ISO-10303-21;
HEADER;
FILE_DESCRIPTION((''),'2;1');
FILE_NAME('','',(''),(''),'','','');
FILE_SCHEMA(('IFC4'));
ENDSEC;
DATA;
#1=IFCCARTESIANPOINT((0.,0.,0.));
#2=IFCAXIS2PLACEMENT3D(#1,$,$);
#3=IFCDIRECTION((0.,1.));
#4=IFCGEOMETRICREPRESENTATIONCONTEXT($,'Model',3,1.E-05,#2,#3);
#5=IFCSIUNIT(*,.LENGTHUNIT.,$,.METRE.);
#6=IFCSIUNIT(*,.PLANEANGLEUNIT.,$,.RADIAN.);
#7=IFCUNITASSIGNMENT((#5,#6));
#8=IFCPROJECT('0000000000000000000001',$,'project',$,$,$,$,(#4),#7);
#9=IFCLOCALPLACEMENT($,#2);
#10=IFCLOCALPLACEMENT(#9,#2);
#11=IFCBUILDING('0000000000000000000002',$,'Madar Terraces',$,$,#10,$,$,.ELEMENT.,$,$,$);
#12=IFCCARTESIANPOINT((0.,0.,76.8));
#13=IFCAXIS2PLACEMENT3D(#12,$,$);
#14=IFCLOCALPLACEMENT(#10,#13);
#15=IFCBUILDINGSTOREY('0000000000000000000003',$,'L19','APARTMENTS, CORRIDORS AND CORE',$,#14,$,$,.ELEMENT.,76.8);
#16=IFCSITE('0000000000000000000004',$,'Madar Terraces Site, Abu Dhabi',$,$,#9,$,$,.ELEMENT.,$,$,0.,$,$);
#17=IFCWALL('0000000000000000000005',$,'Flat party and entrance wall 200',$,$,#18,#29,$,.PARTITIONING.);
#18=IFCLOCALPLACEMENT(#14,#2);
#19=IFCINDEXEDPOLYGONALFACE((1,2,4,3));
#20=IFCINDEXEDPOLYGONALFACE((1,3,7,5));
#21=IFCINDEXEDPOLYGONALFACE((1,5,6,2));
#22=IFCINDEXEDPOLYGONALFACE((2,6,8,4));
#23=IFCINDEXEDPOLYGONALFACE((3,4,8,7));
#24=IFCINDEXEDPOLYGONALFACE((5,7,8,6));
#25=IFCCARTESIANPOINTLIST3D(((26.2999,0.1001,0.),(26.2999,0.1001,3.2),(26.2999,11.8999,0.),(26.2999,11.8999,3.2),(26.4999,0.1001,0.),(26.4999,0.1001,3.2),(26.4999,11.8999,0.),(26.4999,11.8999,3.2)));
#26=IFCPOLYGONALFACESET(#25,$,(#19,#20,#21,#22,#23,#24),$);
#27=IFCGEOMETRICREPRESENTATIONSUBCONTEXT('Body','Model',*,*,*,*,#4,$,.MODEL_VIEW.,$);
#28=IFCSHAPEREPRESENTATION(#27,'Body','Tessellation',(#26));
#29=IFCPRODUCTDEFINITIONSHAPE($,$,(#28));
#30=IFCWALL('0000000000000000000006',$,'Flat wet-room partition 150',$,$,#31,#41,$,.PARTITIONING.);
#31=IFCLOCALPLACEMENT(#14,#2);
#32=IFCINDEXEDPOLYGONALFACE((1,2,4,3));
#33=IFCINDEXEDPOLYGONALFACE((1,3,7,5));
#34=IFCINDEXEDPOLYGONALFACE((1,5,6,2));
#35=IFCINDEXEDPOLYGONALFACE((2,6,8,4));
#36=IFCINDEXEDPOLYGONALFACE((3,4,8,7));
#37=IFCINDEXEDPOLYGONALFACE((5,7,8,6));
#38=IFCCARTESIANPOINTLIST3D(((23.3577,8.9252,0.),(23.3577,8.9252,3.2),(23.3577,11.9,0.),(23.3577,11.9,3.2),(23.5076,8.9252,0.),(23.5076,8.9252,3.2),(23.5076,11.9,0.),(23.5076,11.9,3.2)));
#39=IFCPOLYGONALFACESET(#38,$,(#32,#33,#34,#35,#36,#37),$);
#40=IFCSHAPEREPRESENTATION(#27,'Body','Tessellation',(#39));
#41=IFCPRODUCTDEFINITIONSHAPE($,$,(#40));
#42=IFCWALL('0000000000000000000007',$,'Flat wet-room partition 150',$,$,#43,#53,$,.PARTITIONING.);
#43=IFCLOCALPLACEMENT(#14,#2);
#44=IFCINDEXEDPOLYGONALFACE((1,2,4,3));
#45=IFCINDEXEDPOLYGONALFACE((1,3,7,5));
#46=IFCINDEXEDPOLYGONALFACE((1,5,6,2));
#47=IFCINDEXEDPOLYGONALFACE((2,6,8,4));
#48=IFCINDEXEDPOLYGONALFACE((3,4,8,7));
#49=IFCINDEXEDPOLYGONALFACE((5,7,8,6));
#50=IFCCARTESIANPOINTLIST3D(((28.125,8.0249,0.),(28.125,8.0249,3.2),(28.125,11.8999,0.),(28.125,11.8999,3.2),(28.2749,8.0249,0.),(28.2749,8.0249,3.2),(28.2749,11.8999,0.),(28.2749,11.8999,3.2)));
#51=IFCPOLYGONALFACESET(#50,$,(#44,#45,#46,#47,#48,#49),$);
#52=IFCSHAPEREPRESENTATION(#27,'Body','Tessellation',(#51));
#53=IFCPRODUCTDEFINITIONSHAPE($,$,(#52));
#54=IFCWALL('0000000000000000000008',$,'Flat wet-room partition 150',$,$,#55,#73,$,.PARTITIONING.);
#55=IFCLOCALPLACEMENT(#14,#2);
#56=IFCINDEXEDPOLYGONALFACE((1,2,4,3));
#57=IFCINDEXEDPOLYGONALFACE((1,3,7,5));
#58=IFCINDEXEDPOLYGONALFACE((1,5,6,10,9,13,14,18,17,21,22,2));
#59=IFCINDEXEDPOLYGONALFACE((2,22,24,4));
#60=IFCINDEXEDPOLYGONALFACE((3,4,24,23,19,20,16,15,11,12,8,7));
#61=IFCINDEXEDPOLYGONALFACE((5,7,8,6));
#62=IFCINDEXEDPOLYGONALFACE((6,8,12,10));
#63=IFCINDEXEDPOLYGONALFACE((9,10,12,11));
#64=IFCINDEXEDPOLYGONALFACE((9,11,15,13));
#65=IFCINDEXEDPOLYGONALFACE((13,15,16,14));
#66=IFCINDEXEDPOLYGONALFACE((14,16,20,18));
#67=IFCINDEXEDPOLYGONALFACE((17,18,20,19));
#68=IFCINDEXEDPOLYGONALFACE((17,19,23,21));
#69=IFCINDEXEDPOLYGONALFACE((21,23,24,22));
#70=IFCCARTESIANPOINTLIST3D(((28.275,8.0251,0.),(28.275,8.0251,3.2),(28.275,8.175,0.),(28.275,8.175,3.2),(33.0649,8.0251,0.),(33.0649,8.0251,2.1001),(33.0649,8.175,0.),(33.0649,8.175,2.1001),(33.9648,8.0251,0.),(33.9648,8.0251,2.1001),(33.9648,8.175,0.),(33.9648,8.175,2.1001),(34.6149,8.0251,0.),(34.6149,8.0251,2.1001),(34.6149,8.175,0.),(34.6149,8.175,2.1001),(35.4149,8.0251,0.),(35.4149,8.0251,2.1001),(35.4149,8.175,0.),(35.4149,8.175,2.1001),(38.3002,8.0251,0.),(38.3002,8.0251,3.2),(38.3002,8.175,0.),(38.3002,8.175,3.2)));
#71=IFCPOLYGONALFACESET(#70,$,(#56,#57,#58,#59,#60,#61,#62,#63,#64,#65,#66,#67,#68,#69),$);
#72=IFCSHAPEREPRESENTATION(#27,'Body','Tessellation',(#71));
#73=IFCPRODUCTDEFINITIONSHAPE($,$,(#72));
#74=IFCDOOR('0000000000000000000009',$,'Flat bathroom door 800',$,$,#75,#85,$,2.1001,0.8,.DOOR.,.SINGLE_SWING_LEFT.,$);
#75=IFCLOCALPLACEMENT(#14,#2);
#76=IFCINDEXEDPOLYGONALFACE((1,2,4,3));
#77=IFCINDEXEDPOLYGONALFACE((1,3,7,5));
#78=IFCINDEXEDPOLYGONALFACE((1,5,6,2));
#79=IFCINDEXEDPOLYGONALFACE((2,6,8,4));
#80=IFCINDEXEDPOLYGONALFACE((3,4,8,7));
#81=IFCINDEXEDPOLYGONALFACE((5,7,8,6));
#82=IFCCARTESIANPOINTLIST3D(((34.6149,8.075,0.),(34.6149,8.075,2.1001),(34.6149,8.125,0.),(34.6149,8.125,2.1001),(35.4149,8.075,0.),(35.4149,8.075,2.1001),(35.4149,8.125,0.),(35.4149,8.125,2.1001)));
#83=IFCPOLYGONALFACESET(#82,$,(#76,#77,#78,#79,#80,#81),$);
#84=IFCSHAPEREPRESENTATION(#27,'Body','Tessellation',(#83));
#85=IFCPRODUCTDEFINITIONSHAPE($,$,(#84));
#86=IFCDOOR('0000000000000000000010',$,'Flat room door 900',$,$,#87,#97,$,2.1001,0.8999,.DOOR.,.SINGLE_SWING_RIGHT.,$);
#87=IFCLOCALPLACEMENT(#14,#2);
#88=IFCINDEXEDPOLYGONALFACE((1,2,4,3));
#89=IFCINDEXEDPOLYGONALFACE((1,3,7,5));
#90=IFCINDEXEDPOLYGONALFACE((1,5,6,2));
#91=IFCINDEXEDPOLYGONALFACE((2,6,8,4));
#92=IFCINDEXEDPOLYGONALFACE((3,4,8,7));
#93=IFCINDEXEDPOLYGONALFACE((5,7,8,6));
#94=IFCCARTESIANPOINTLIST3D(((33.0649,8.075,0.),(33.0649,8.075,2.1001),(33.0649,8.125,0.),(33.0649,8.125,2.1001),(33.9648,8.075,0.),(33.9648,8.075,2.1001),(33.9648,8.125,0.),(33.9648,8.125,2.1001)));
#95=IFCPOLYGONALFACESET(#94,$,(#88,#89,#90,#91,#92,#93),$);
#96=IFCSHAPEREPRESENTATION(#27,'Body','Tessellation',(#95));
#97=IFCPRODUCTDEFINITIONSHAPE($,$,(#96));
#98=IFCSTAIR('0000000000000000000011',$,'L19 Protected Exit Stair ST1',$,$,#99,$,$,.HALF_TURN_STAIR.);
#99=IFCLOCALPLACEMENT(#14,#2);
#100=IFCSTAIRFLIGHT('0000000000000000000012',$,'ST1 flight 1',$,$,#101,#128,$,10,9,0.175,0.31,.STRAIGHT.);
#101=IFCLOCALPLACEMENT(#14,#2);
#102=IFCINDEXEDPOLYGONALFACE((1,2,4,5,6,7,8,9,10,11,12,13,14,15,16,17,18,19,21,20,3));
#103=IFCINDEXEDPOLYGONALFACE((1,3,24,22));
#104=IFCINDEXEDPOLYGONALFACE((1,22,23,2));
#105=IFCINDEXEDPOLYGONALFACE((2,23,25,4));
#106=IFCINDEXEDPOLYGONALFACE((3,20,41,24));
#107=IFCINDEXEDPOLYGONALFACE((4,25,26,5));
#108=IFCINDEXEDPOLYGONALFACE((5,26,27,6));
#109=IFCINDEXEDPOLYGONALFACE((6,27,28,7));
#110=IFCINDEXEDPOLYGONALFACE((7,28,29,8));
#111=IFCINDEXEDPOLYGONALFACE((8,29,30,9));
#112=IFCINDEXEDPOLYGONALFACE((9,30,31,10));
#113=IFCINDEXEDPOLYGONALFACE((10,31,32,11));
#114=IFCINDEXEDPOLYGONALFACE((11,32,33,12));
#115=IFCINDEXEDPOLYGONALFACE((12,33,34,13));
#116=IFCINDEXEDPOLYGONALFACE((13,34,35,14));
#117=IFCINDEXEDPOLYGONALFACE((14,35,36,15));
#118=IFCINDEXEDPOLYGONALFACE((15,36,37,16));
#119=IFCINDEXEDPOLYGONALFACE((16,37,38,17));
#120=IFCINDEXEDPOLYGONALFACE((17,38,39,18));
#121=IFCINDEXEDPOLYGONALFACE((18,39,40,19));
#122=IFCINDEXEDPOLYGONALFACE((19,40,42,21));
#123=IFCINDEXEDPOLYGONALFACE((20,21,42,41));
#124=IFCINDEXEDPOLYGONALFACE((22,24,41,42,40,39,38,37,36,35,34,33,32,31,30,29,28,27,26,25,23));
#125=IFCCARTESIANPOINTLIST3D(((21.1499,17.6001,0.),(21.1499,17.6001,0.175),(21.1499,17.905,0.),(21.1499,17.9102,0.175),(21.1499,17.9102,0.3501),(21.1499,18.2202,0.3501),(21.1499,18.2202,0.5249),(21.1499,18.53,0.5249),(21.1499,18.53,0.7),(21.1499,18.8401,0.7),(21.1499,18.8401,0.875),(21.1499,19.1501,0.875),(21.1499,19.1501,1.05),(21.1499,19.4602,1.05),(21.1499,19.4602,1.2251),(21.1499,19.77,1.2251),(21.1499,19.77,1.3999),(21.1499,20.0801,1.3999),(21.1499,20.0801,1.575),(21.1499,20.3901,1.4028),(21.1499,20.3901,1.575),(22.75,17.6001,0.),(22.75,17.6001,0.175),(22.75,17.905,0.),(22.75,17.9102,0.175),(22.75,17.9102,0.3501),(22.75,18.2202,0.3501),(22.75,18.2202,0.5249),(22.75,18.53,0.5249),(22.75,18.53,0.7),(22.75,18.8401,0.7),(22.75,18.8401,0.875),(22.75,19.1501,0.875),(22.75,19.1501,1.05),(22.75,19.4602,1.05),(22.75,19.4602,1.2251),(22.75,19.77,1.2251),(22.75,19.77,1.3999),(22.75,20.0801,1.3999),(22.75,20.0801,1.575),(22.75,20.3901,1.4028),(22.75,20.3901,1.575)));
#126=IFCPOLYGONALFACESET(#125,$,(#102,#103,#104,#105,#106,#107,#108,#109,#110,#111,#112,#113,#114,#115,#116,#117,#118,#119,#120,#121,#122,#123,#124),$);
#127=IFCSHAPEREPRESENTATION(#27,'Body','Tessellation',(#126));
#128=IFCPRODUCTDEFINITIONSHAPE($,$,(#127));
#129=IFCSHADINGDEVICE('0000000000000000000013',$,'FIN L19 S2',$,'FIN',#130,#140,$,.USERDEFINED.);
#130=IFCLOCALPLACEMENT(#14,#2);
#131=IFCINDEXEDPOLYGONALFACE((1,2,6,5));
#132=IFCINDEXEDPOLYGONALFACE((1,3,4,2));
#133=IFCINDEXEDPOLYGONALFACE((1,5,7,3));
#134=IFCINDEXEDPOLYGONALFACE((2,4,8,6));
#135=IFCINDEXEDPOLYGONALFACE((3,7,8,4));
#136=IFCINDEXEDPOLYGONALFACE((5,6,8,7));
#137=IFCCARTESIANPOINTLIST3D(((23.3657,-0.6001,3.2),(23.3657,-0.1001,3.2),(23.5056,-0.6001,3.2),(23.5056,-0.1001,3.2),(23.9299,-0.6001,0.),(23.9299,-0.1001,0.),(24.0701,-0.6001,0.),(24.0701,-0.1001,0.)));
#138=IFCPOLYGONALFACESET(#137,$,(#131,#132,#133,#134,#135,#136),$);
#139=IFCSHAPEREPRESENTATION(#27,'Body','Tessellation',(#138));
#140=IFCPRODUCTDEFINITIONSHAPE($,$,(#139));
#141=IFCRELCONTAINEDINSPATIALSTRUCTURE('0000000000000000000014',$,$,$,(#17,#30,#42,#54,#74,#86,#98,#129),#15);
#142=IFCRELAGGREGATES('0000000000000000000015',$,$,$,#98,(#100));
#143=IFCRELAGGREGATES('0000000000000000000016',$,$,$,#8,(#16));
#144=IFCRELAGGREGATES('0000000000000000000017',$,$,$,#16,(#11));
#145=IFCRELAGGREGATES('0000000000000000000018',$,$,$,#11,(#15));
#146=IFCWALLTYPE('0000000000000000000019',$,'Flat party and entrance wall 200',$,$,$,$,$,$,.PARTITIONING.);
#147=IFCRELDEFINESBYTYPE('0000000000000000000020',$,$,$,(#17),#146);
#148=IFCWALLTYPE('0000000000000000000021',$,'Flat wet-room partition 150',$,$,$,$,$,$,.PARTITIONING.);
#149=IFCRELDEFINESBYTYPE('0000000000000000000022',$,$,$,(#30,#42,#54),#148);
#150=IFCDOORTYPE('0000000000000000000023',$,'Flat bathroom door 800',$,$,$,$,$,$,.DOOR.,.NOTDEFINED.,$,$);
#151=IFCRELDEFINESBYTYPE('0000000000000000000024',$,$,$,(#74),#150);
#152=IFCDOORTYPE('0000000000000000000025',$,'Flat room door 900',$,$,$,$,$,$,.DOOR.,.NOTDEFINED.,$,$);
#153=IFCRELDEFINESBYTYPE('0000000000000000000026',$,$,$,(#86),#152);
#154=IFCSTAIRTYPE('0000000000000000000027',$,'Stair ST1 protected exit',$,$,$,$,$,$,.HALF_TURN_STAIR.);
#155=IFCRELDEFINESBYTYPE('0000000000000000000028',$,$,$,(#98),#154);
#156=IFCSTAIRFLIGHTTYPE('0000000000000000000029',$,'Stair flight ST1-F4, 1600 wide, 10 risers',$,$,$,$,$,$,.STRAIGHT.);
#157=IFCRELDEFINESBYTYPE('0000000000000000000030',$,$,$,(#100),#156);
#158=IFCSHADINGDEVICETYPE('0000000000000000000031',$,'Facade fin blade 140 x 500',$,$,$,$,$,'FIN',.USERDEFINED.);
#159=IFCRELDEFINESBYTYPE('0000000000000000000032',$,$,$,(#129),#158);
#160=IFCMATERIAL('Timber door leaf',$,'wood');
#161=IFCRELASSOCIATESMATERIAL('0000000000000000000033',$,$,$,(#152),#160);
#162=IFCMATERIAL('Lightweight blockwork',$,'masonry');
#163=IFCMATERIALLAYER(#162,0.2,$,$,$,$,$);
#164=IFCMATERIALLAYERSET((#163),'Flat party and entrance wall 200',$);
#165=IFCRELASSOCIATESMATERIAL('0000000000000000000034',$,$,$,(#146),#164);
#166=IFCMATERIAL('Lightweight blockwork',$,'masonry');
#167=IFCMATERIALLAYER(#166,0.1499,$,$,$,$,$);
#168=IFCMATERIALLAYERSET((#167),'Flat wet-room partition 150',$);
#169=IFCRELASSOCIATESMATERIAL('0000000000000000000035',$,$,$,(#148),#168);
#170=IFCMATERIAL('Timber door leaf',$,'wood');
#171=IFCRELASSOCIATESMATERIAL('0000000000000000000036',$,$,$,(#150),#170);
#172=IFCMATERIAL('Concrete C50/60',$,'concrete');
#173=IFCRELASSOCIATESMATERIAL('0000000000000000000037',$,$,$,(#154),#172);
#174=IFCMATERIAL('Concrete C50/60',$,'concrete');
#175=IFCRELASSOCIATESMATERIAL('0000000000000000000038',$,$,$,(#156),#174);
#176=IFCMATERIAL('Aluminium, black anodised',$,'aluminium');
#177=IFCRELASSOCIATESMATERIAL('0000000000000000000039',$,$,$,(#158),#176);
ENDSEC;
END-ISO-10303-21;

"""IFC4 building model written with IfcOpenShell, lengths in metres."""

from ifc_helpers import new_model, si_unit, direction, frame, frame_2d, origin, place, context, subcontext, project, spatial, polyline, rectangle, outline, extrude, material, layer, layer_set, type_object, element, fill, aggregate, save


model = new_model("IFC4")

# Units and contexts
model_context = context("Model", 3, precision=1e-05, world=origin(), true_north=direction((0.0, 1.0)))
body_context = subcontext(model_context, "Body", "Model", "MODEL_VIEW")
ifc_project = project(units=[si_unit("LENGTHUNIT", "METRE"), si_unit("PLANEANGLEUNIT", "RADIAN")], contexts=[model_context])

# Site, building, storey
site_placement = place(None, origin())
site = spatial("IfcSite", under=ifc_project, at=site_placement, Name="Madar Terraces Site, Abu Dhabi", CompositionType="ELEMENT", RefElevation=0.0)
building_placement = place(site_placement, origin())
building = spatial("IfcBuilding", under=site, at=building_placement, Name="Madar Terraces", CompositionType="ELEMENT")
storey_placement = place(building_placement, frame((0.0, 0.0, 76.8)))
storey = spatial("IfcBuildingStorey", under=building, at=storey_placement, Name="L19", Description="APARTMENTS, CORRIDORS AND CORE", CompositionType="ELEMENT", Elevation=76.8)

# Shared definitions
ifc_material_1 = material(Name="Timber door leaf", Category="wood")
door_type_1 = type_object("IfcDoorType", Name="Flat room door 900", OperationType="NOTDEFINED", PredefinedType="DOOR", material=ifc_material_1)

# Walls
ifc_material_2 = material(Name="Lightweight blockwork", Category="masonry")
ifc_layer_1 = layer(ifc_material_2, 0.2)
ifc_layer_set_1 = layer_set([ifc_layer_1], Name="Flat party and entrance wall 200")
wall_type_1 = type_object("IfcWallType", Name="Flat party and entrance wall 200", PredefinedType="PARTITIONING", material=ifc_layer_set_1)
wall_1_placement = place(storey_placement, frame((26.3999, 11.8999, 0.0), z_axis=(0.0, 0.0, 1.0), x_axis=(0.0, -1.0, 0.0)))
element("IfcWall", 1, at=wall_1_placement, inside=storey, type_object=wall_type_1, Name="Flat party and entrance wall 200", PredefinedType="PARTITIONING", context=body_context, shape_type="SweptSolid", body=[
    extrude(rectangle(XDim=11.7998, YDim=0.2, at=frame_2d((5.8999, 0.0))), origin(), (0.0, 0.0, 1.0), 3.2),
])
ifc_material_3 = material(Name="Lightweight blockwork", Category="masonry")
ifc_layer_2 = layer(ifc_material_3, 0.1499)
ifc_layer_set_2 = layer_set([ifc_layer_2], Name="Flat wet-room partition 150")
wall_type_2 = type_object("IfcWallType", Name="Flat wet-room partition 150", PredefinedType="PARTITIONING", material=ifc_layer_set_2)
wall_2_placement = place(storey_placement, frame((23.4326, 11.8999, 0.0), z_axis=(0.0, 0.0, 1.0), x_axis=(0.0, -1.0, 0.0)))
element("IfcWall", 2, at=wall_2_placement, inside=storey, type_object=wall_type_2, Name="Flat wet-room partition 150", PredefinedType="PARTITIONING", context=body_context, shape_type="SweptSolid", body=[
    extrude(rectangle(XDim=2.9749, YDim=0.1499, at=frame_2d((1.4873, 0.0))), origin(), (0.0, 0.0, 1.0), 3.2),
])
wall_3_placement = place(storey_placement, frame((28.2, 11.8999, 0.0), z_axis=(0.0, 0.0, 1.0), x_axis=(0.0, -1.0, 0.0)))
element("IfcWall", 3, at=wall_3_placement, inside=storey, type_object=wall_type_2, Name="Flat wet-room partition 150", PredefinedType="PARTITIONING", context=body_context, shape_type="SweptSolid", body=[
    extrude(rectangle(XDim=3.875, YDim=0.1499, at=frame_2d((1.9375, 0.0))), origin(), (0.0, 0.0, 1.0), 3.2),
])

# Wall, openings, doors
wall_4_placement = place(storey_placement, frame((28.2749, 8.1001, 0.0), z_axis=(0.0, 0.0, 1.0), x_axis=(1.0, 0.0, 0.0)))
wall_4 = element("IfcWall", 4, at=wall_4_placement, inside=storey, type_object=wall_type_2, Name="Flat wet-room partition 150", PredefinedType="PARTITIONING", context=body_context, shape_type="SweptSolid", body=[
    extrude(rectangle(XDim=10.0251, YDim=0.1499, at=frame_2d((5.0127, 0.0))), origin(), (0.0, 0.0, 1.0), 3.2),
])
opening_1_placement = place(wall_4_placement, frame((4.79, 0.0, 0.0)))
opening_1 = element("IfcOpeningElement", 5, at=opening_1_placement, cuts=wall_4, PredefinedType="OPENING", context=body_context, shape_type="SweptSolid", body=[
    extrude(rectangle(XDim=0.8999, YDim=2.1001, at=frame_2d((0.45, 1.05))), frame((0.0, 0.085, 0.0), z_axis=(0.0, -1.0, 0.0), x_axis=(1.0, 0.0, 0.0)), (0.0, 0.0, 1.0), 0.1699),
])
opening_2_placement = place(wall_4_placement, frame((6.3401, 0.0, 0.0)))
opening_2 = element("IfcOpeningElement", 6, at=opening_2_placement, cuts=wall_4, PredefinedType="OPENING", context=body_context, shape_type="SweptSolid", body=[
    extrude(rectangle(XDim=0.8, YDim=2.1001, at=frame_2d((0.3999, 1.05))), frame((0.0, 0.085, 0.0), z_axis=(0.0, -1.0, 0.0), x_axis=(1.0, 0.0, 0.0)), (0.0, 0.0, 1.0), 0.1699),
])
ifc_material_4 = material(Name="Timber door leaf", Category="wood")
door_type_2 = type_object("IfcDoorType", Name="Flat bathroom door 800", OperationType="NOTDEFINED", PredefinedType="DOOR", material=ifc_material_4)
door_1_placement = place(opening_2_placement, origin())
door_1 = element("IfcDoor", 7, at=door_1_placement, inside=storey, type_object=door_type_2, Name="Flat bathroom door 800", OperationType="SINGLE_SWING_LEFT", OverallHeight=2.1001, OverallWidth=0.8, PredefinedType="DOOR", context=body_context, shape_type="SweptSolid", body=[
    extrude(rectangle(XDim=0.8, YDim=2.1001, at=frame_2d((0.3999, 1.05))), frame((0.0, 0.0249, 0.0), z_axis=(0.0, -1.0, 0.0), x_axis=(1.0, 0.0, 0.0)), (0.0, 0.0, 1.0), 0.05),
])
fill(opening_2, door_1)
door_2_placement = place(opening_1_placement, origin())
door_2 = element("IfcDoor", 8, at=door_2_placement, inside=storey, type_object=door_type_1, Name="Flat room door 900", OperationType="SINGLE_SWING_RIGHT", OverallHeight=2.1001, OverallWidth=0.8999, PredefinedType="DOOR", context=body_context, shape_type="SweptSolid", body=[
    extrude(rectangle(XDim=0.8999, YDim=2.1001, at=frame_2d((0.45, 1.05))), frame((0.0, 0.0249, 0.0), z_axis=(0.0, -1.0, 0.0), x_axis=(1.0, 0.0, 0.0)), (0.0, 0.0, 1.0), 0.05),
])
fill(opening_1, door_2)

# Stair, stair flight
ifc_material_5 = material(Name="Concrete C50/60", Category="concrete")
stair_type = type_object("IfcStairType", Name="Stair ST1 protected exit", PredefinedType="HALF_TURN_STAIR", material=ifc_material_5)
stair_placement = place(storey_placement, origin())
stair = element("IfcStair", 9, at=stair_placement, inside=storey, type_object=stair_type, Name="L19 Protected Exit Stair ST1", PredefinedType="HALF_TURN_STAIR")
ifc_material_6 = material(Name="Concrete C50/60", Category="concrete")
stair_flight_type = type_object("IfcStairFlightType", Name="Stair flight ST1-F4, 1600 wide, 10 risers", PredefinedType="STRAIGHT", material=ifc_material_6)
stair_flight_placement = place(storey_placement, frame((21.95, 17.6001, 0.0), z_axis=(0.0, 0.0, 1.0), x_axis=(0.0, 1.0, 0.0)))
stair_flight = element("IfcStairFlight", 10, at=stair_flight_placement, type_object=stair_flight_type, Name="ST1 flight 1", NumberOfRisers=10, NumberOfTreads=9, PredefinedType="STRAIGHT", RiserHeight=0.175, TreadLength=0.31, context=body_context, shape_type="SweptSolid", body=[
    extrude(outline(polyline([(0.0, 0.0), (0.0, 0.175), (0.3101, 0.175), (0.3101, 0.3501), (0.6201, 0.3501), (0.6201, 0.5249), (0.9299, 0.5249), (0.9299, 0.7), (1.24, 0.7), (1.24, 0.875), (1.55, 0.875), (1.55, 1.05), (1.8601, 1.05), (1.8601, 1.2251), (2.1699, 1.2251), (2.1699, 1.3999), (2.48, 1.3999), (2.48, 1.575), (2.79, 1.575), (2.79, 1.75), (2.79, 1.4028), (0.3049, 0.0), (0.0, 0.0)])), frame((0.0, 0.8, 0.0), z_axis=(0.0, -1.0, 0.0), x_axis=(1.0, 0.0, 0.0)), (0.0, 0.0, 1.0), 1.6001),
])
aggregate(stair, [stair_flight])

# Shading device
ifc_material_7 = material(Name="Aluminium, black anodised", Category="aluminium")
shading_device_type = type_object("IfcShadingDeviceType", Name="Facade fin blade 140 x 500", ElementType="FIN", PredefinedType="USERDEFINED", material=ifc_material_7)
shading_device_placement = place(storey_placement, frame((23.9299, -0.3501, 0.0), z_axis=(0.0, 0.0, 1.0), x_axis=(1.0, 0.0, 0.0)))
element("IfcShadingDevice", 11, at=shading_device_placement, inside=storey, type_object=shading_device_type, Name="FIN L19 S2", ObjectType="FIN", PredefinedType="USERDEFINED", context=body_context, shape_type="SweptSolid", body=[
    extrude(outline(polyline([(0.0, 0.0), (0.1401, 0.0), (-0.4243, 3.2), (-0.5642, 3.2), (0.0, 0.0)])), frame((0.0, 0.25, 0.0), z_axis=(0.0, -1.0, 0.0), x_axis=(1.0, 0.0, 0.0)), (0.0, 0.0, 1.0), 0.5),
])

save(model, "model.ifc")
